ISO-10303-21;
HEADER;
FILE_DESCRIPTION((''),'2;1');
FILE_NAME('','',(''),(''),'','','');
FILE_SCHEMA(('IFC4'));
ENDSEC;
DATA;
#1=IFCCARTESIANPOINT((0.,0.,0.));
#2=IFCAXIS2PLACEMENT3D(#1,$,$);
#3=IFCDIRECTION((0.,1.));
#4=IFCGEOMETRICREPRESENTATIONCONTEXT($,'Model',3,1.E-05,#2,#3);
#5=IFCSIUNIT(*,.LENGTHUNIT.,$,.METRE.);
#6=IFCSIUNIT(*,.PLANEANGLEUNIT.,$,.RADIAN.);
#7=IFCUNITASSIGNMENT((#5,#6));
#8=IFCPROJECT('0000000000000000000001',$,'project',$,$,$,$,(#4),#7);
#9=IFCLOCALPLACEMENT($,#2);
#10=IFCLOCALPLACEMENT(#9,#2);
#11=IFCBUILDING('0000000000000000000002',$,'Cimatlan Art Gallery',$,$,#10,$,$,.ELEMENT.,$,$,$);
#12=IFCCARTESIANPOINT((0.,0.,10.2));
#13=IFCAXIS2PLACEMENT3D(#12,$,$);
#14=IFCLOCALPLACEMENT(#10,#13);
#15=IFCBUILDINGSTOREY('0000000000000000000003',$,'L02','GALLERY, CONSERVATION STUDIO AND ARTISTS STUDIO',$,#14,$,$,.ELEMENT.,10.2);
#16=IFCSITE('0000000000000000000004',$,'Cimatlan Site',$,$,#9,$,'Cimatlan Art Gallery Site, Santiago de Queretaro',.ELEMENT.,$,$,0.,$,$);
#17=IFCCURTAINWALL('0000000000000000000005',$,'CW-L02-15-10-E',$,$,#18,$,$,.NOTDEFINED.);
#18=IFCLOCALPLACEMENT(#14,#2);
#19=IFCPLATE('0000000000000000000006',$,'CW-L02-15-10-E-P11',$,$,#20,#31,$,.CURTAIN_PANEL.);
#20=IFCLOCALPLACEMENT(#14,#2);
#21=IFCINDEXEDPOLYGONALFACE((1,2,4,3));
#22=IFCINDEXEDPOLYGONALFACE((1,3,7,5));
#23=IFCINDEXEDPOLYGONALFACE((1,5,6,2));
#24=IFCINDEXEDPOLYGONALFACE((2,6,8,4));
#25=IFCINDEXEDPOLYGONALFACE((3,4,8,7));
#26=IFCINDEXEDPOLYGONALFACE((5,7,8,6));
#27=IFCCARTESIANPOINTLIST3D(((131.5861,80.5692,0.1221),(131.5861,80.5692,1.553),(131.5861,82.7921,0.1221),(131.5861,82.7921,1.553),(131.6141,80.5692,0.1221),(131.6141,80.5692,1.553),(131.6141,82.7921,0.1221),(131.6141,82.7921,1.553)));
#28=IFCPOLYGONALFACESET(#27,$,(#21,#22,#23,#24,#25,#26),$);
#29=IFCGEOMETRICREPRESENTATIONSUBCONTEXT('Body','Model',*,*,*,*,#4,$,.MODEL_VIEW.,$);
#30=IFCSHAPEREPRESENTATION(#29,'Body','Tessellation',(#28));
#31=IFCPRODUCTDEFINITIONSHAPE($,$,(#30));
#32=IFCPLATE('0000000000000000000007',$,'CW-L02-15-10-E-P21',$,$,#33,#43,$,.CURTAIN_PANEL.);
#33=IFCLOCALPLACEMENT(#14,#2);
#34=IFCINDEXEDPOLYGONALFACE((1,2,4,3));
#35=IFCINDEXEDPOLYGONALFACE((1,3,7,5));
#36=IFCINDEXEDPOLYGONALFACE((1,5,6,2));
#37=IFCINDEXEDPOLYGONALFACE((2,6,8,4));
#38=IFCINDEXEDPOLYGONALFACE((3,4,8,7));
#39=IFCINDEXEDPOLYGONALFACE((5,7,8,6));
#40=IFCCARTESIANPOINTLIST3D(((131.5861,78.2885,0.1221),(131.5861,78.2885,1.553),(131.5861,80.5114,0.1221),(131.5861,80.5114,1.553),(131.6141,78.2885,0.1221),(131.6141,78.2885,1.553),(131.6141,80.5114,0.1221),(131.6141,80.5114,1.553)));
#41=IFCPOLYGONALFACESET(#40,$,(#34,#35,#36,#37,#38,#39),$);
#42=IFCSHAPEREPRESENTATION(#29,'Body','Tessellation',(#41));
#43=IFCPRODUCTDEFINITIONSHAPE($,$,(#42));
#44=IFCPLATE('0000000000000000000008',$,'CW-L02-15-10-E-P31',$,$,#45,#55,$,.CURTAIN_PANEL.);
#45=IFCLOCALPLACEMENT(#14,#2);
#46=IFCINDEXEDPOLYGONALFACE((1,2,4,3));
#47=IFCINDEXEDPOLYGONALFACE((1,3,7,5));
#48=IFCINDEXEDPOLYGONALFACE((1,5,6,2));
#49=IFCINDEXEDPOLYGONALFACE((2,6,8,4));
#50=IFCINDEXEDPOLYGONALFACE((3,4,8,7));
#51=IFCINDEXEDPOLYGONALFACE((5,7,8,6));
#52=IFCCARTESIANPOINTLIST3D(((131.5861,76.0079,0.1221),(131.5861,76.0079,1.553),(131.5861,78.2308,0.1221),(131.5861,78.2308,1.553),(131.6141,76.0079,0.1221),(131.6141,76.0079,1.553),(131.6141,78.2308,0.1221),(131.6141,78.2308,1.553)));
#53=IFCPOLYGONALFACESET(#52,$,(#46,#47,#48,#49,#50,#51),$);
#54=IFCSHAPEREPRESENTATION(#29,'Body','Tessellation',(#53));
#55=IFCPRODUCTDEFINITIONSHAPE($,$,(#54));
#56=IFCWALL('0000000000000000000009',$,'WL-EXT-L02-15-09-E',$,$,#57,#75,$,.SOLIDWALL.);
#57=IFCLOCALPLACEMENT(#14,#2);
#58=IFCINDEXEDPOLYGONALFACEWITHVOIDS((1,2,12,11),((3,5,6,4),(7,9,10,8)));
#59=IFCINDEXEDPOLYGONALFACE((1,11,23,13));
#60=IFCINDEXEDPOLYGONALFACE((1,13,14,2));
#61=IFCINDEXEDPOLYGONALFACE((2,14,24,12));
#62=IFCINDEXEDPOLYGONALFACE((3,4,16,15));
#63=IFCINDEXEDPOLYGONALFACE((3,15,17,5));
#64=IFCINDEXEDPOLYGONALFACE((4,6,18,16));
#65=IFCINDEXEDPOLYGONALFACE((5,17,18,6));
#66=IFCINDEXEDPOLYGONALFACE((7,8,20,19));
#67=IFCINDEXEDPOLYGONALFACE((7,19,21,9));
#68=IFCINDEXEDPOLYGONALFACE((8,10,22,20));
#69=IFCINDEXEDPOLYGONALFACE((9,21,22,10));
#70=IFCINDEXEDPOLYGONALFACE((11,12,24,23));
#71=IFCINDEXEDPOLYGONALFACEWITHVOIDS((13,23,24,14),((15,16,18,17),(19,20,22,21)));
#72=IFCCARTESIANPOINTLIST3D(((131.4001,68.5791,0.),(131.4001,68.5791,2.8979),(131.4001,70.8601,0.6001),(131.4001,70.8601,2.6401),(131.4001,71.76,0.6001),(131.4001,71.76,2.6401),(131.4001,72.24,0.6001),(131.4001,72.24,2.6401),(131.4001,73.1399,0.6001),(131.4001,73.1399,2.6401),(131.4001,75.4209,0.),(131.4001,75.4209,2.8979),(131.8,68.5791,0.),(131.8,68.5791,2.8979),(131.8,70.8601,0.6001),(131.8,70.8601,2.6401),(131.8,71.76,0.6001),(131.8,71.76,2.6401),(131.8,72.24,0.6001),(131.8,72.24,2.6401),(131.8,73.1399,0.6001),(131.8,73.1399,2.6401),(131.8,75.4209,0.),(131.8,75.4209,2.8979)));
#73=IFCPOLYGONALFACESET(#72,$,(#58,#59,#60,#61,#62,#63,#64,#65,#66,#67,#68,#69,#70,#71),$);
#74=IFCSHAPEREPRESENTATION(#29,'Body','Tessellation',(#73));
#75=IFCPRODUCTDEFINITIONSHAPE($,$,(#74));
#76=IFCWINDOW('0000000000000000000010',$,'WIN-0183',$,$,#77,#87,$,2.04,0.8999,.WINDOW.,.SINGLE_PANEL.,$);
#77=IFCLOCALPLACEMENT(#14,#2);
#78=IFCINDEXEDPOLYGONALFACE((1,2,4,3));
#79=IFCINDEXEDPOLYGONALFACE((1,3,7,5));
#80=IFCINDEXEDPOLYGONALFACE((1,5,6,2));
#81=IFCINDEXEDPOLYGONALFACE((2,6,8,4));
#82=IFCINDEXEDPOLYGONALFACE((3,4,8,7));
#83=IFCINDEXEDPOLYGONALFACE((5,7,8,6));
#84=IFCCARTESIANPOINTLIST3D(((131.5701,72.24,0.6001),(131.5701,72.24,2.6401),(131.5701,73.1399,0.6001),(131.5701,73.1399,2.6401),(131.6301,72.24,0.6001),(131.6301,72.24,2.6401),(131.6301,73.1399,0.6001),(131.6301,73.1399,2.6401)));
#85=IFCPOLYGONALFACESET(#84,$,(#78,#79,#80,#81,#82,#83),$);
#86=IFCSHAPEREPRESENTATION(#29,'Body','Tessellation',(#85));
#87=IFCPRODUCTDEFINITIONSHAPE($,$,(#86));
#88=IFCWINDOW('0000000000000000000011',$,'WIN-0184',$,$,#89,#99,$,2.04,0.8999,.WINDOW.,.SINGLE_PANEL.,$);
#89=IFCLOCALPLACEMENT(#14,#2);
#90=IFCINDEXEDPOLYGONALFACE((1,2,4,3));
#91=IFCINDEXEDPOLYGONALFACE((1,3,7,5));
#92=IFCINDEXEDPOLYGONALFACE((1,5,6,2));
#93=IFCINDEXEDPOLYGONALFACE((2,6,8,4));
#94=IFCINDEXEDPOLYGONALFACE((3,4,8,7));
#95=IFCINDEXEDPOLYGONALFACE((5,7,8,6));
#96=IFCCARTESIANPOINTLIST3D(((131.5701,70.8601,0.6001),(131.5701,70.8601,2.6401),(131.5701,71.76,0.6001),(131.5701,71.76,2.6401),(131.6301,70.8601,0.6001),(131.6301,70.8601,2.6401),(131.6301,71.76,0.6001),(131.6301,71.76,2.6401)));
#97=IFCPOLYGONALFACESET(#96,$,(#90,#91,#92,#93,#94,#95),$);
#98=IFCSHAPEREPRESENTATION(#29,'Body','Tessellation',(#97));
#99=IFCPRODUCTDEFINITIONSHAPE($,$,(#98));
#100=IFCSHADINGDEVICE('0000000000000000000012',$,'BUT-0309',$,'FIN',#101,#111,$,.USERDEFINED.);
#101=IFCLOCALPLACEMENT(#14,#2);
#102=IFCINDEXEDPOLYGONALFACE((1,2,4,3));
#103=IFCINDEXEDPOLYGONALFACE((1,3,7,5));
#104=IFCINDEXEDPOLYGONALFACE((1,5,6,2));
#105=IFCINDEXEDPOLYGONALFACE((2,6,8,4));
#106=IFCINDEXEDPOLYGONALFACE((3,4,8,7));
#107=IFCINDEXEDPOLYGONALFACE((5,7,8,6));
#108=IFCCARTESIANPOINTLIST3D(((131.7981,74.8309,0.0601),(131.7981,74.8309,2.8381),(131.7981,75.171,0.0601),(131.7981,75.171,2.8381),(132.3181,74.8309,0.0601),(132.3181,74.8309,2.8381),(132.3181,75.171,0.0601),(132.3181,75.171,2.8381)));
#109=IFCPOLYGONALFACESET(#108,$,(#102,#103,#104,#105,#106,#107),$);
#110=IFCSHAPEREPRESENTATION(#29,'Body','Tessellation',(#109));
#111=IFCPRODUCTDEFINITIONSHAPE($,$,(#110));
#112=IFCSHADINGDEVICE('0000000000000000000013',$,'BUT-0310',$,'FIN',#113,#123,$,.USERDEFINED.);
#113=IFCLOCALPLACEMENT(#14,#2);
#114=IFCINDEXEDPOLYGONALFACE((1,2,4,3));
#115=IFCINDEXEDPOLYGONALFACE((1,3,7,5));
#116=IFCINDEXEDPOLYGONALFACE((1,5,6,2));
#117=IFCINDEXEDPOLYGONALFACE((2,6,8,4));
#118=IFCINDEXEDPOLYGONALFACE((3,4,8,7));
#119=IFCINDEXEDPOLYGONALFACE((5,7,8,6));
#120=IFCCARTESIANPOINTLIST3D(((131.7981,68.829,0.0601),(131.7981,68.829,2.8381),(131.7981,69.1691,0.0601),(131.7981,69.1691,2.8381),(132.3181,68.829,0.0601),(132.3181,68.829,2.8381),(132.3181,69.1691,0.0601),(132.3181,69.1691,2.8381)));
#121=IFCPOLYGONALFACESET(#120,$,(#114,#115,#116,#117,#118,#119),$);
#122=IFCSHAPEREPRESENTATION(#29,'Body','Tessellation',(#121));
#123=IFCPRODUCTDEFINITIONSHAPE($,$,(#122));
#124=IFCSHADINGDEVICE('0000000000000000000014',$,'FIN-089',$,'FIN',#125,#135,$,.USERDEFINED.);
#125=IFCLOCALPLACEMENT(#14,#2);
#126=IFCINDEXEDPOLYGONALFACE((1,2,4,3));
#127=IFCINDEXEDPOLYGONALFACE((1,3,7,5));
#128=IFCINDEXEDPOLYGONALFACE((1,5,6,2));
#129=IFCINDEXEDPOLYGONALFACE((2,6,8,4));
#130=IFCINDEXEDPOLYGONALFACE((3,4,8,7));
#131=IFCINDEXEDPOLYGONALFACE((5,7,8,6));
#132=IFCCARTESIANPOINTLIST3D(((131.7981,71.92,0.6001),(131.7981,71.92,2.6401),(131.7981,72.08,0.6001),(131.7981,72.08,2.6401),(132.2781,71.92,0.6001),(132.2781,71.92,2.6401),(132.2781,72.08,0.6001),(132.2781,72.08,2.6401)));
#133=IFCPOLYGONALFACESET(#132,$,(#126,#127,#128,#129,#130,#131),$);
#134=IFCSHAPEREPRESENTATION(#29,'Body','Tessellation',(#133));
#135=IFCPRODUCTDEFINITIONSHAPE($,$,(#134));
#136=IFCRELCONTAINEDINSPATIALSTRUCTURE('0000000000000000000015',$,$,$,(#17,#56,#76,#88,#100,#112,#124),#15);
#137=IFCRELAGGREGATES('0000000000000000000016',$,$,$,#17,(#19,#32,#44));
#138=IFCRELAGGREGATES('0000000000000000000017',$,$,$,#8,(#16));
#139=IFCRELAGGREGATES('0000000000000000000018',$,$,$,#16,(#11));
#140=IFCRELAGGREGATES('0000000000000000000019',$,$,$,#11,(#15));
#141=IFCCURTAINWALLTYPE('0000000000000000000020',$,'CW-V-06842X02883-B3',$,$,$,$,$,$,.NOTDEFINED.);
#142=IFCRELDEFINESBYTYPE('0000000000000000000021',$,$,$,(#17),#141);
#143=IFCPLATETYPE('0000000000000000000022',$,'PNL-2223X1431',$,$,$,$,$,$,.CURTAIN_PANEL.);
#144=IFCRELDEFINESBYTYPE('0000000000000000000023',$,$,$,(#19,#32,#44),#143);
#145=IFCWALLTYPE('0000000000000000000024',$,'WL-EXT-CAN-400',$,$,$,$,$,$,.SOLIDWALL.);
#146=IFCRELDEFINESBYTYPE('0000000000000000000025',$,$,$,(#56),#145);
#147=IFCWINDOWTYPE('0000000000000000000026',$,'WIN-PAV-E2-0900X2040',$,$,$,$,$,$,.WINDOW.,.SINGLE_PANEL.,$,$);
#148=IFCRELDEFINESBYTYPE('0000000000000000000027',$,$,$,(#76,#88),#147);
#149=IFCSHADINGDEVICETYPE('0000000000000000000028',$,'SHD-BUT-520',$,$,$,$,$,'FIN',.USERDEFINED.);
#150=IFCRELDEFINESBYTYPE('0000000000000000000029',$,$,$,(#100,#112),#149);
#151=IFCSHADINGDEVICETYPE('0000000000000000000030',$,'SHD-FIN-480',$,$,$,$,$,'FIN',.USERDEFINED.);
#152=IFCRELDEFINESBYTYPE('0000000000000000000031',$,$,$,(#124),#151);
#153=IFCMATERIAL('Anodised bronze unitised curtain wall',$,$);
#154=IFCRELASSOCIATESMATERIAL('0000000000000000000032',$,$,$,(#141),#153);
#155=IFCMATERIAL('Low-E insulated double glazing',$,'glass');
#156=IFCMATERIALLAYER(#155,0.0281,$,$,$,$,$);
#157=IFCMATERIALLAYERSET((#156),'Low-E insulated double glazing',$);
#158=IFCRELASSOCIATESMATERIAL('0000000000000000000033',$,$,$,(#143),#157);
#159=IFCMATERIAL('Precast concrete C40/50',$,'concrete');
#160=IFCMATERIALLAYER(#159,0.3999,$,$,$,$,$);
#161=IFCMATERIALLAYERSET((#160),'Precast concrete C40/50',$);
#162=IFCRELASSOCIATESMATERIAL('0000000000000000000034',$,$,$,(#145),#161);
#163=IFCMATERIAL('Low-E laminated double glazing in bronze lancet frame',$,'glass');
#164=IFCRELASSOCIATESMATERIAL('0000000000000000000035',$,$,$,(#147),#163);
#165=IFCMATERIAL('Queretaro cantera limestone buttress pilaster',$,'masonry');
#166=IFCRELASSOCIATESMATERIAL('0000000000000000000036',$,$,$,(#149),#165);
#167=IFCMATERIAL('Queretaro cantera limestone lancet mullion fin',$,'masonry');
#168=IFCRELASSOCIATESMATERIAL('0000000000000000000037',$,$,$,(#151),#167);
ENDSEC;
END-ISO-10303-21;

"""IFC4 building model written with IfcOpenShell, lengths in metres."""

from ifc_helpers import new_model, si_unit, direction, frame, frame_2d, origin, origin_2d, place, context, subcontext, project, spatial, rectangle, extrude, material, layer, layer_set, type_object, element, fill, aggregate, save


model = new_model("IFC4")

# Units and contexts
model_context = context("Model", 3, precision=1e-05, world=origin(), true_north=direction((0.0, 1.0)))
body_context = subcontext(model_context, "Body", "Model", "MODEL_VIEW")
ifc_project = project(units=[si_unit("LENGTHUNIT", "METRE"), si_unit("PLANEANGLEUNIT", "RADIAN")], contexts=[model_context])

# Site, building, storey
site_placement = place(None, origin())
site = spatial("IfcSite", under=ifc_project, at=site_placement, Name="Cimatlan Site", LongName="Cimatlan Art Gallery Site, Santiago de Queretaro", CompositionType="ELEMENT", RefElevation=0.0)
building_placement = place(site_placement, origin())
building = spatial("IfcBuilding", under=site, at=building_placement, Name="Cimatlan Art Gallery", CompositionType="ELEMENT")
storey_placement = place(building_placement, frame((0.0, 0.0, 10.2)))
storey = spatial("IfcBuildingStorey", under=building, at=storey_placement, Name="L02", Description="GALLERY, CONSERVATION STUDIO AND ARTISTS STUDIO", CompositionType="ELEMENT", Elevation=10.2)

# Curtain wall, plates
ifc_material_1 = material(Name="Anodised bronze unitised curtain wall")
curtain_wall_type = type_object("IfcCurtainWallType", Name="CW-V-06842X02883-B3", PredefinedType="NOTDEFINED", material=ifc_material_1)
curtain_wall_placement = place(storey_placement, origin())
curtain_wall = element("IfcCurtainWall", 1, at=curtain_wall_placement, inside=storey, type_object=curtain_wall_type, Name="CW-L02-15-10-E", PredefinedType="NOTDEFINED")
ifc_material_2 = material(Name="Low-E insulated double glazing", Category="glass")
ifc_layer_1 = layer(ifc_material_2, 0.0281)
ifc_layer_set_1 = layer_set([ifc_layer_1], Name="Low-E insulated double glazing")
plate_type_1 = type_object("IfcPlateType", Name="PNL-2223X1431", PredefinedType="CURTAIN_PANEL", material=ifc_layer_set_1)
plate_1_placement = place(storey_placement, frame((131.6001, 81.6807, 0.1221), z_axis=(0.0, 0.0, 1.0), x_axis=(0.0, -1.0, 0.0)))
plate_1 = element("IfcPlate", 2, at=plate_1_placement, type_object=plate_type_1, Name="CW-L02-15-10-E-P11", PredefinedType="CURTAIN_PANEL", context=body_context, shape_type="SweptSolid", body=[
    extrude(rectangle(XDim=2.2229, YDim=0.0281, at=origin_2d()), origin(), (0.0, 0.0, 1.0), 1.4309),
])
plate_2_placement = place(storey_placement, frame((131.6001, 79.3999, 0.1221), z_axis=(0.0, 0.0, 1.0), x_axis=(0.0, -1.0, 0.0)))
plate_2 = element("IfcPlate", 3, at=plate_2_placement, type_object=plate_type_1, Name="CW-L02-15-10-E-P21", PredefinedType="CURTAIN_PANEL", context=body_context, shape_type="SweptSolid", body=[
    extrude(rectangle(XDim=2.2229, YDim=0.0281, at=origin_2d()), origin(), (0.0, 0.0, 1.0), 1.4309),
])
plate_3_placement = place(storey_placement, frame((131.6001, 77.1194, 0.1221), z_axis=(0.0, 0.0, 1.0), x_axis=(0.0, -1.0, 0.0)))
plate_3 = element("IfcPlate", 4, at=plate_3_placement, type_object=plate_type_1, Name="CW-L02-15-10-E-P31", PredefinedType="CURTAIN_PANEL", context=body_context, shape_type="SweptSolid", body=[
    extrude(rectangle(XDim=2.2229, YDim=0.0281, at=origin_2d()), origin(), (0.0, 0.0, 1.0), 1.4309),
])
aggregate(curtain_wall, [plate_1, plate_2, plate_3])

# Wall, openings, windows
ifc_material_3 = material(Name="Precast concrete C40/50", Category="concrete")
ifc_layer_2 = layer(ifc_material_3, 0.3999)
ifc_layer_set_2 = layer_set([ifc_layer_2], Name="Precast concrete C40/50")
wall_type = type_object("IfcWallType", Name="WL-EXT-CAN-400", PredefinedType="SOLIDWALL", material=ifc_layer_set_2)
wall_placement = place(storey_placement, frame((131.6001, 75.4209, 0.0), z_axis=(0.0, 0.0, 1.0), x_axis=(0.0, -1.0, 0.0)))
wall = element("IfcWall", 5, at=wall_placement, inside=storey, type_object=wall_type, Name="WL-EXT-L02-15-09-E", PredefinedType="SOLIDWALL", context=body_context, shape_type="SweptSolid", body=[
    extrude(rectangle(XDim=6.8418, YDim=0.3999, at=frame_2d((3.4209, 0.0))), origin(), (0.0, 0.0, 1.0), 2.8979),
])
opening_1_placement = place(wall_placement, frame((2.281, 0.0, 0.6001)))
opening_1 = element("IfcOpeningElement", 6, at=opening_1_placement, cuts=wall, PredefinedType="OPENING", context=body_context, shape_type="SweptSolid", body=[
    extrude(rectangle(XDim=0.8999, YDim=2.04, at=frame_2d((0.45, 1.02))), frame((0.0, 0.21, 0.0), z_axis=(0.0, -1.0, 0.0), x_axis=(1.0, 0.0, 0.0)), (0.0, 0.0, 1.0), 0.4199),
])
opening_2_placement = place(wall_placement, frame((3.6609, 0.0, 0.6001)))
opening_2 = element("IfcOpeningElement", 7, at=opening_2_placement, cuts=wall, PredefinedType="OPENING", context=body_context, shape_type="SweptSolid", body=[
    extrude(rectangle(XDim=0.8999, YDim=2.04, at=frame_2d((0.45, 1.02))), frame((0.0, 0.21, 0.0), z_axis=(0.0, -1.0, 0.0), x_axis=(1.0, 0.0, 0.0)), (0.0, 0.0, 1.0), 0.4199),
])
ifc_material_4 = material(Name="Low-E laminated double glazing in bronze lancet frame", Category="glass")
window_type = type_object("IfcWindowType", Name="WIN-PAV-E2-0900X2040", PartitioningType="SINGLE_PANEL", PredefinedType="WINDOW", material=ifc_material_4)
window_1_placement = place(opening_1_placement, origin())
window_1 = element("IfcWindow", 8, at=window_1_placement, inside=storey, type_object=window_type, Name="WIN-0183", OverallHeight=2.04, OverallWidth=0.8999, PartitioningType="SINGLE_PANEL", PredefinedType="WINDOW", context=body_context, shape_type="SweptSolid", body=[
    extrude(rectangle(XDim=0.8999, YDim=2.04, at=frame_2d((0.45, 1.02))), frame((0.0, 0.03, 0.0), z_axis=(0.0, -1.0, 0.0), x_axis=(1.0, 0.0, 0.0)), (0.0, 0.0, 1.0), 0.0601),
])
fill(opening_1, window_1)
window_2_placement = place(opening_2_placement, origin())
window_2 = element("IfcWindow", 9, at=window_2_placement, inside=storey, type_object=window_type, Name="WIN-0184", OverallHeight=2.04, OverallWidth=0.8999, PartitioningType="SINGLE_PANEL", PredefinedType="WINDOW", context=body_context, shape_type="SweptSolid", body=[
    extrude(rectangle(XDim=0.8999, YDim=2.04, at=frame_2d((0.45, 1.02))), frame((0.0, 0.03, 0.0), z_axis=(0.0, -1.0, 0.0), x_axis=(1.0, 0.0, 0.0)), (0.0, 0.0, 1.0), 0.0601),
])
fill(opening_2, window_2)

# Shading devices
ifc_material_5 = material(Name="Queretaro cantera limestone buttress pilaster", Category="masonry")
shading_device_type_1 = type_object("IfcShadingDeviceType", Name="SHD-BUT-520", ElementType="FIN", PredefinedType="USERDEFINED", material=ifc_material_5)
for number, where, z_axis, x_axis, name in (
    (10, (132.0581, 75.001, 0.0601), (0.0, 0.0, 1.0), (0.0, -1.0, 0.0), "BUT-0309"),
    (11, (132.0581, 68.999, 0.0601), (0.0, 0.0, 1.0), (0.0, -1.0, 0.0), "BUT-0310"),
):
    element("IfcShadingDevice", number, at=place(storey_placement, frame(where, z_axis=z_axis, x_axis=x_axis)), inside=storey, type_object=shading_device_type_1, Name=name, ObjectType="FIN", PredefinedType="USERDEFINED", context=body_context, shape_type="SweptSolid", body=[
        extrude(rectangle(XDim=0.3401, YDim=0.52, at=origin_2d()), origin(), (0.0, 0.0, 1.0), 2.7781),
    ])
ifc_material_6 = material(Name="Queretaro cantera limestone lancet mullion fin", Category="masonry")
shading_device_type_2 = type_object("IfcShadingDeviceType", Name="SHD-FIN-480", ElementType="FIN", PredefinedType="USERDEFINED", material=ifc_material_6)
shading_device_placement = place(storey_placement, frame((132.0381, 72.0, 0.6001), z_axis=(0.0, 0.0, 1.0), x_axis=(0.0, -1.0, 0.0)))
element("IfcShadingDevice", 12, at=shading_device_placement, inside=storey, type_object=shading_device_type_2, Name="FIN-089", ObjectType="FIN", PredefinedType="USERDEFINED", context=body_context, shape_type="SweptSolid", body=[
    extrude(rectangle(XDim=0.1599, YDim=0.48, at=origin_2d()), origin(), (0.0, 0.0, 1.0), 2.04),
])

save(model, "model.ifc")
